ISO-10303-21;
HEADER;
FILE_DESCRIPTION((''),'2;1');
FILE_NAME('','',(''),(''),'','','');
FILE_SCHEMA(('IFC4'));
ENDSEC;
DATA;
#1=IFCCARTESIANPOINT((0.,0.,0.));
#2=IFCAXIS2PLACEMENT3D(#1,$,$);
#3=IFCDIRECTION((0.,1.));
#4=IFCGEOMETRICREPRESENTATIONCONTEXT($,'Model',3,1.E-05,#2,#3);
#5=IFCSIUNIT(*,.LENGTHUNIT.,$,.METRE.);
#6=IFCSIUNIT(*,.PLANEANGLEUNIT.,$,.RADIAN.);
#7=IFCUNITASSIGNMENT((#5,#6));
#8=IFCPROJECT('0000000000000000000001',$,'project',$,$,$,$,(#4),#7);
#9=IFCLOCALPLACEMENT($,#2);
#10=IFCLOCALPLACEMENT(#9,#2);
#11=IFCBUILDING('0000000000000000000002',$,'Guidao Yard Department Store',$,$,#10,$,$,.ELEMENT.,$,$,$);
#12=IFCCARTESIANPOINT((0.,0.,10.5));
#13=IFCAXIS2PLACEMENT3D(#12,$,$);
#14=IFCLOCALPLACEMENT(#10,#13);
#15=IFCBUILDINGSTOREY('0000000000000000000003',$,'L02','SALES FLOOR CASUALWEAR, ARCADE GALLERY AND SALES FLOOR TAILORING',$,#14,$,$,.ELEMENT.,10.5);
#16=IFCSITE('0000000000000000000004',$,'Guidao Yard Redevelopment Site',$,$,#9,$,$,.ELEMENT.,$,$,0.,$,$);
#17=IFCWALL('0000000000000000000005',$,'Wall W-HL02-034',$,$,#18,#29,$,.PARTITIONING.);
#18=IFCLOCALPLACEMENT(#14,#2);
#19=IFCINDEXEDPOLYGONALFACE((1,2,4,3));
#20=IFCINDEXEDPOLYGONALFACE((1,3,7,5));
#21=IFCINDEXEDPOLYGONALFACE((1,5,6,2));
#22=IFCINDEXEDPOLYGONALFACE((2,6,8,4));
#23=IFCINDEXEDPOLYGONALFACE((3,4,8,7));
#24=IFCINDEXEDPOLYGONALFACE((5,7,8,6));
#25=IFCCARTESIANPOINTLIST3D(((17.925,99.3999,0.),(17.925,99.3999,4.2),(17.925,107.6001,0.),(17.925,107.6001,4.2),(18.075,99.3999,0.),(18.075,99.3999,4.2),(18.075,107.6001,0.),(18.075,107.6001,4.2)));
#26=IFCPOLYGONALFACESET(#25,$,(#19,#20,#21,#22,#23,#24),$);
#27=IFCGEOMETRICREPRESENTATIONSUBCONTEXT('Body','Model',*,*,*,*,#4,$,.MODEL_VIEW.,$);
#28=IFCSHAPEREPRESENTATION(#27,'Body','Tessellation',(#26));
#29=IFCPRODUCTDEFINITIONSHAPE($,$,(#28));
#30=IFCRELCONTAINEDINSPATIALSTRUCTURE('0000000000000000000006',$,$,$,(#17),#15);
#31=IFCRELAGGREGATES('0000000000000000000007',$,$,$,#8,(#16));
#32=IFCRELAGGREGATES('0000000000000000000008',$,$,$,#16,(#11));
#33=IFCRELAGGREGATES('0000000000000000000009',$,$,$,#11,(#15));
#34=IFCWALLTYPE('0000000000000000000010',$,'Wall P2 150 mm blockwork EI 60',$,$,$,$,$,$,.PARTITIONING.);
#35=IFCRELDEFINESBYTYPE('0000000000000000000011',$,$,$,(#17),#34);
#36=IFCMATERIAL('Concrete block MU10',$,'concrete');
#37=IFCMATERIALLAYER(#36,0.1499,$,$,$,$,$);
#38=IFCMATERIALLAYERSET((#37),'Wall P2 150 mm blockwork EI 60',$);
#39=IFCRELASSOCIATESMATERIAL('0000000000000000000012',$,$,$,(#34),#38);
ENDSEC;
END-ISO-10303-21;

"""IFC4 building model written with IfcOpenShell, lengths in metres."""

from ifc_helpers import new_model, si_unit, direction, frame, frame_2d, origin, place, context, subcontext, project, spatial, rectangle, extrude, material, layer, layer_set, type_object, element, save


model = new_model("IFC4")

# Units and contexts
model_context = context("Model", 3, precision=1e-05, world=origin(), true_north=direction((0.0, 1.0)))
body_context = subcontext(model_context, "Body", "Model", "MODEL_VIEW")
ifc_project = project(units=[si_unit("LENGTHUNIT", "METRE"), si_unit("PLANEANGLEUNIT", "RADIAN")], contexts=[model_context])

# Site, building, storey
site_placement = place(None, origin())
site = spatial("IfcSite", under=ifc_project, at=site_placement, Name="Guidao Yard Redevelopment Site", CompositionType="ELEMENT", RefElevation=0.0)
building_placement = place(site_placement, origin())
building = spatial("IfcBuilding", under=site, at=building_placement, Name="Guidao Yard Department Store", CompositionType="ELEMENT")
storey_placement = place(building_placement, frame((0.0, 0.0, 10.5)))
storey = spatial("IfcBuildingStorey", under=building, at=storey_placement, Name="L02", Description="SALES FLOOR CASUALWEAR, ARCADE GALLERY AND SALES FLOOR TAILORING", CompositionType="ELEMENT", Elevation=10.5)

# Shared definitions
ifc_material_1 = material(Name="Concrete block MU10", Category="concrete")
ifc_layer_1 = layer(ifc_material_1, 0.1499)
ifc_layer_set_1 = layer_set([ifc_layer_1], Name="Wall P2 150 mm blockwork EI 60")
wall_type_1 = type_object("IfcWallType", Name="Wall P2 150 mm blockwork EI 60", PredefinedType="PARTITIONING", material=ifc_layer_set_1)

# Wall
wall_1_placement = place(storey_placement, frame((18.0, 99.3999, 0.0), z_axis=(0.0, 0.0, 1.0), x_axis=(0.0, 1.0, 0.0)))
element("IfcWall", 1, at=wall_1_placement, inside=storey, type_object=wall_type_1, Name="Wall W-HL02-034", PredefinedType="PARTITIONING", context=body_context, shape_type="SweptSolid", body=[
    extrude(rectangle(XDim=8.2002, YDim=0.1499, at=frame_2d((4.1001, 0.0))), origin(), (0.0, 0.0, 1.0), 4.2),
])

save(model, "model.ifc")
